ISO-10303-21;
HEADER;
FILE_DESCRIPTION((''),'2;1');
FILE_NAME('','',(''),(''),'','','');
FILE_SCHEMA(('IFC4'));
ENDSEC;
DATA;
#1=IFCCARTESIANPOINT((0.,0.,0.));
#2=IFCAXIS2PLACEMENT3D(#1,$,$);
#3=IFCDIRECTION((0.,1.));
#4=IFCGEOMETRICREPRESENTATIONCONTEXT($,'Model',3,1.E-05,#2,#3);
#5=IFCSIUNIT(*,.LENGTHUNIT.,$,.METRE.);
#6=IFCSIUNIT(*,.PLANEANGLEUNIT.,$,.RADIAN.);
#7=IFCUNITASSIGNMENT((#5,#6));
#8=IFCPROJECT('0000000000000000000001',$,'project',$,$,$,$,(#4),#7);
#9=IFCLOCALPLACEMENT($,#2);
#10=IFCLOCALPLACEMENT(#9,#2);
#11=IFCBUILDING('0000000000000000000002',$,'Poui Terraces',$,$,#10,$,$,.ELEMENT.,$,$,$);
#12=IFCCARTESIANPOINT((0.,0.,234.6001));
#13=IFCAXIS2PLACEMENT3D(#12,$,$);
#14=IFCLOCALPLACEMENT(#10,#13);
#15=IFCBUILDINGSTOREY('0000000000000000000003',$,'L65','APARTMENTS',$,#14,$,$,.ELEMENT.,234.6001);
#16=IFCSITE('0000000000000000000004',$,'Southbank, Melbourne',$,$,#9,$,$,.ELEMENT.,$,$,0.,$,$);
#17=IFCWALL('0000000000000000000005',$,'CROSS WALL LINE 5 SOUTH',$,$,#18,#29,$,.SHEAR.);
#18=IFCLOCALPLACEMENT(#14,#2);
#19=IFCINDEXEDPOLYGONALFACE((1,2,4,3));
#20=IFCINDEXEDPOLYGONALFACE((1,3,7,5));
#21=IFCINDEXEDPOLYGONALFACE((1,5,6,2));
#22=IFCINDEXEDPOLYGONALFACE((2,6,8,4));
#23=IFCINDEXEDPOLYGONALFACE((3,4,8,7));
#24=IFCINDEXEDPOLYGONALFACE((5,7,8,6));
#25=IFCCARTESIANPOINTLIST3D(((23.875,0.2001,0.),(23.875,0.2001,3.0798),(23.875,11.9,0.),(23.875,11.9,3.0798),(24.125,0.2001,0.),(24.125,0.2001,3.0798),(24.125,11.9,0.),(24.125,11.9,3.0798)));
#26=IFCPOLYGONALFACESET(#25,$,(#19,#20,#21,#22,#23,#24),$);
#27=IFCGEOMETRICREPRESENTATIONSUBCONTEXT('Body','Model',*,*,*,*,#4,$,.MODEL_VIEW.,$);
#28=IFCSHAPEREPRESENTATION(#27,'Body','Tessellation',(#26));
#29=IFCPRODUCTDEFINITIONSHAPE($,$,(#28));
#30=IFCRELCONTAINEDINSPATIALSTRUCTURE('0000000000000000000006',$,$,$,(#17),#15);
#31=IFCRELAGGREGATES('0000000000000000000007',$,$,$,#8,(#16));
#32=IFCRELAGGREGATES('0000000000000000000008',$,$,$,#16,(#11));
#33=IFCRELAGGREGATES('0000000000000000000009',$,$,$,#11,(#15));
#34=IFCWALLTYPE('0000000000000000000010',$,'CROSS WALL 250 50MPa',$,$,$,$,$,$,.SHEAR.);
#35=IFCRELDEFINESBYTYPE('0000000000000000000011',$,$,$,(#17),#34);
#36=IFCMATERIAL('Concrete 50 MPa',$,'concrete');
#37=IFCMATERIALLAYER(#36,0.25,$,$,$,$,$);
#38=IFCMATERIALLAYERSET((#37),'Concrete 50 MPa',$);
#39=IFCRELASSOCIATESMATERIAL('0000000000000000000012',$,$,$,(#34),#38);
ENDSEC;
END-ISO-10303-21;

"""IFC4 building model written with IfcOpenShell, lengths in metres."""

from ifc_helpers import new_model, si_unit, direction, frame, frame_2d, origin, place, context, subcontext, project, spatial, rectangle, extrude, material, layer, layer_set, type_object, element, save


model = new_model("IFC4")

# Units and contexts
model_context = context("Model", 3, precision=1e-05, world=origin(), true_north=direction((0.0, 1.0)))
body_context = subcontext(model_context, "Body", "Model", "MODEL_VIEW")
ifc_project = project(units=[si_unit("LENGTHUNIT", "METRE"), si_unit("PLANEANGLEUNIT", "RADIAN")], contexts=[model_context])

# Site, building, storey
site_placement = place(None, origin())
site = spatial("IfcSite", under=ifc_project, at=site_placement, Name="Southbank, Melbourne", CompositionType="ELEMENT", RefElevation=0.0)
building_placement = place(site_placement, origin())
building = spatial("IfcBuilding", under=site, at=building_placement, Name="Poui Terraces", CompositionType="ELEMENT")
storey_placement = place(building_placement, frame((0.0, 0.0, 234.6001)))
storey = spatial("IfcBuildingStorey", under=building, at=storey_placement, Name="L65", Description="APARTMENTS", CompositionType="ELEMENT", Elevation=234.6001)

# Wall
ifc_material_1 = material(Name="Concrete 50 MPa", Category="concrete")
ifc_layer_1 = layer(ifc_material_1, 0.25)
ifc_layer_set_1 = layer_set([ifc_layer_1], Name="Concrete 50 MPa")
wall_type_1 = type_object("IfcWallType", Name="CROSS WALL 250 50MPa", PredefinedType="SHEAR", material=ifc_layer_set_1)
wall_1_placement = place(storey_placement, frame((24.0, 0.2, 0.0), z_axis=(0.0, 0.0, 1.0), x_axis=(0.0, 1.0, 0.0)))
element("IfcWall", 1, at=wall_1_placement, inside=storey, type_object=wall_type_1, Name="CROSS WALL LINE 5 SOUTH", PredefinedType="SHEAR", context=body_context, shape_type="SweptSolid", body=[
    extrude(rectangle(XDim=11.7, YDim=0.25, at=frame_2d((5.8501, 0.0))), origin(), (0.0, 0.0, 1.0), 3.0798),
])

save(model, "model.ifc")
